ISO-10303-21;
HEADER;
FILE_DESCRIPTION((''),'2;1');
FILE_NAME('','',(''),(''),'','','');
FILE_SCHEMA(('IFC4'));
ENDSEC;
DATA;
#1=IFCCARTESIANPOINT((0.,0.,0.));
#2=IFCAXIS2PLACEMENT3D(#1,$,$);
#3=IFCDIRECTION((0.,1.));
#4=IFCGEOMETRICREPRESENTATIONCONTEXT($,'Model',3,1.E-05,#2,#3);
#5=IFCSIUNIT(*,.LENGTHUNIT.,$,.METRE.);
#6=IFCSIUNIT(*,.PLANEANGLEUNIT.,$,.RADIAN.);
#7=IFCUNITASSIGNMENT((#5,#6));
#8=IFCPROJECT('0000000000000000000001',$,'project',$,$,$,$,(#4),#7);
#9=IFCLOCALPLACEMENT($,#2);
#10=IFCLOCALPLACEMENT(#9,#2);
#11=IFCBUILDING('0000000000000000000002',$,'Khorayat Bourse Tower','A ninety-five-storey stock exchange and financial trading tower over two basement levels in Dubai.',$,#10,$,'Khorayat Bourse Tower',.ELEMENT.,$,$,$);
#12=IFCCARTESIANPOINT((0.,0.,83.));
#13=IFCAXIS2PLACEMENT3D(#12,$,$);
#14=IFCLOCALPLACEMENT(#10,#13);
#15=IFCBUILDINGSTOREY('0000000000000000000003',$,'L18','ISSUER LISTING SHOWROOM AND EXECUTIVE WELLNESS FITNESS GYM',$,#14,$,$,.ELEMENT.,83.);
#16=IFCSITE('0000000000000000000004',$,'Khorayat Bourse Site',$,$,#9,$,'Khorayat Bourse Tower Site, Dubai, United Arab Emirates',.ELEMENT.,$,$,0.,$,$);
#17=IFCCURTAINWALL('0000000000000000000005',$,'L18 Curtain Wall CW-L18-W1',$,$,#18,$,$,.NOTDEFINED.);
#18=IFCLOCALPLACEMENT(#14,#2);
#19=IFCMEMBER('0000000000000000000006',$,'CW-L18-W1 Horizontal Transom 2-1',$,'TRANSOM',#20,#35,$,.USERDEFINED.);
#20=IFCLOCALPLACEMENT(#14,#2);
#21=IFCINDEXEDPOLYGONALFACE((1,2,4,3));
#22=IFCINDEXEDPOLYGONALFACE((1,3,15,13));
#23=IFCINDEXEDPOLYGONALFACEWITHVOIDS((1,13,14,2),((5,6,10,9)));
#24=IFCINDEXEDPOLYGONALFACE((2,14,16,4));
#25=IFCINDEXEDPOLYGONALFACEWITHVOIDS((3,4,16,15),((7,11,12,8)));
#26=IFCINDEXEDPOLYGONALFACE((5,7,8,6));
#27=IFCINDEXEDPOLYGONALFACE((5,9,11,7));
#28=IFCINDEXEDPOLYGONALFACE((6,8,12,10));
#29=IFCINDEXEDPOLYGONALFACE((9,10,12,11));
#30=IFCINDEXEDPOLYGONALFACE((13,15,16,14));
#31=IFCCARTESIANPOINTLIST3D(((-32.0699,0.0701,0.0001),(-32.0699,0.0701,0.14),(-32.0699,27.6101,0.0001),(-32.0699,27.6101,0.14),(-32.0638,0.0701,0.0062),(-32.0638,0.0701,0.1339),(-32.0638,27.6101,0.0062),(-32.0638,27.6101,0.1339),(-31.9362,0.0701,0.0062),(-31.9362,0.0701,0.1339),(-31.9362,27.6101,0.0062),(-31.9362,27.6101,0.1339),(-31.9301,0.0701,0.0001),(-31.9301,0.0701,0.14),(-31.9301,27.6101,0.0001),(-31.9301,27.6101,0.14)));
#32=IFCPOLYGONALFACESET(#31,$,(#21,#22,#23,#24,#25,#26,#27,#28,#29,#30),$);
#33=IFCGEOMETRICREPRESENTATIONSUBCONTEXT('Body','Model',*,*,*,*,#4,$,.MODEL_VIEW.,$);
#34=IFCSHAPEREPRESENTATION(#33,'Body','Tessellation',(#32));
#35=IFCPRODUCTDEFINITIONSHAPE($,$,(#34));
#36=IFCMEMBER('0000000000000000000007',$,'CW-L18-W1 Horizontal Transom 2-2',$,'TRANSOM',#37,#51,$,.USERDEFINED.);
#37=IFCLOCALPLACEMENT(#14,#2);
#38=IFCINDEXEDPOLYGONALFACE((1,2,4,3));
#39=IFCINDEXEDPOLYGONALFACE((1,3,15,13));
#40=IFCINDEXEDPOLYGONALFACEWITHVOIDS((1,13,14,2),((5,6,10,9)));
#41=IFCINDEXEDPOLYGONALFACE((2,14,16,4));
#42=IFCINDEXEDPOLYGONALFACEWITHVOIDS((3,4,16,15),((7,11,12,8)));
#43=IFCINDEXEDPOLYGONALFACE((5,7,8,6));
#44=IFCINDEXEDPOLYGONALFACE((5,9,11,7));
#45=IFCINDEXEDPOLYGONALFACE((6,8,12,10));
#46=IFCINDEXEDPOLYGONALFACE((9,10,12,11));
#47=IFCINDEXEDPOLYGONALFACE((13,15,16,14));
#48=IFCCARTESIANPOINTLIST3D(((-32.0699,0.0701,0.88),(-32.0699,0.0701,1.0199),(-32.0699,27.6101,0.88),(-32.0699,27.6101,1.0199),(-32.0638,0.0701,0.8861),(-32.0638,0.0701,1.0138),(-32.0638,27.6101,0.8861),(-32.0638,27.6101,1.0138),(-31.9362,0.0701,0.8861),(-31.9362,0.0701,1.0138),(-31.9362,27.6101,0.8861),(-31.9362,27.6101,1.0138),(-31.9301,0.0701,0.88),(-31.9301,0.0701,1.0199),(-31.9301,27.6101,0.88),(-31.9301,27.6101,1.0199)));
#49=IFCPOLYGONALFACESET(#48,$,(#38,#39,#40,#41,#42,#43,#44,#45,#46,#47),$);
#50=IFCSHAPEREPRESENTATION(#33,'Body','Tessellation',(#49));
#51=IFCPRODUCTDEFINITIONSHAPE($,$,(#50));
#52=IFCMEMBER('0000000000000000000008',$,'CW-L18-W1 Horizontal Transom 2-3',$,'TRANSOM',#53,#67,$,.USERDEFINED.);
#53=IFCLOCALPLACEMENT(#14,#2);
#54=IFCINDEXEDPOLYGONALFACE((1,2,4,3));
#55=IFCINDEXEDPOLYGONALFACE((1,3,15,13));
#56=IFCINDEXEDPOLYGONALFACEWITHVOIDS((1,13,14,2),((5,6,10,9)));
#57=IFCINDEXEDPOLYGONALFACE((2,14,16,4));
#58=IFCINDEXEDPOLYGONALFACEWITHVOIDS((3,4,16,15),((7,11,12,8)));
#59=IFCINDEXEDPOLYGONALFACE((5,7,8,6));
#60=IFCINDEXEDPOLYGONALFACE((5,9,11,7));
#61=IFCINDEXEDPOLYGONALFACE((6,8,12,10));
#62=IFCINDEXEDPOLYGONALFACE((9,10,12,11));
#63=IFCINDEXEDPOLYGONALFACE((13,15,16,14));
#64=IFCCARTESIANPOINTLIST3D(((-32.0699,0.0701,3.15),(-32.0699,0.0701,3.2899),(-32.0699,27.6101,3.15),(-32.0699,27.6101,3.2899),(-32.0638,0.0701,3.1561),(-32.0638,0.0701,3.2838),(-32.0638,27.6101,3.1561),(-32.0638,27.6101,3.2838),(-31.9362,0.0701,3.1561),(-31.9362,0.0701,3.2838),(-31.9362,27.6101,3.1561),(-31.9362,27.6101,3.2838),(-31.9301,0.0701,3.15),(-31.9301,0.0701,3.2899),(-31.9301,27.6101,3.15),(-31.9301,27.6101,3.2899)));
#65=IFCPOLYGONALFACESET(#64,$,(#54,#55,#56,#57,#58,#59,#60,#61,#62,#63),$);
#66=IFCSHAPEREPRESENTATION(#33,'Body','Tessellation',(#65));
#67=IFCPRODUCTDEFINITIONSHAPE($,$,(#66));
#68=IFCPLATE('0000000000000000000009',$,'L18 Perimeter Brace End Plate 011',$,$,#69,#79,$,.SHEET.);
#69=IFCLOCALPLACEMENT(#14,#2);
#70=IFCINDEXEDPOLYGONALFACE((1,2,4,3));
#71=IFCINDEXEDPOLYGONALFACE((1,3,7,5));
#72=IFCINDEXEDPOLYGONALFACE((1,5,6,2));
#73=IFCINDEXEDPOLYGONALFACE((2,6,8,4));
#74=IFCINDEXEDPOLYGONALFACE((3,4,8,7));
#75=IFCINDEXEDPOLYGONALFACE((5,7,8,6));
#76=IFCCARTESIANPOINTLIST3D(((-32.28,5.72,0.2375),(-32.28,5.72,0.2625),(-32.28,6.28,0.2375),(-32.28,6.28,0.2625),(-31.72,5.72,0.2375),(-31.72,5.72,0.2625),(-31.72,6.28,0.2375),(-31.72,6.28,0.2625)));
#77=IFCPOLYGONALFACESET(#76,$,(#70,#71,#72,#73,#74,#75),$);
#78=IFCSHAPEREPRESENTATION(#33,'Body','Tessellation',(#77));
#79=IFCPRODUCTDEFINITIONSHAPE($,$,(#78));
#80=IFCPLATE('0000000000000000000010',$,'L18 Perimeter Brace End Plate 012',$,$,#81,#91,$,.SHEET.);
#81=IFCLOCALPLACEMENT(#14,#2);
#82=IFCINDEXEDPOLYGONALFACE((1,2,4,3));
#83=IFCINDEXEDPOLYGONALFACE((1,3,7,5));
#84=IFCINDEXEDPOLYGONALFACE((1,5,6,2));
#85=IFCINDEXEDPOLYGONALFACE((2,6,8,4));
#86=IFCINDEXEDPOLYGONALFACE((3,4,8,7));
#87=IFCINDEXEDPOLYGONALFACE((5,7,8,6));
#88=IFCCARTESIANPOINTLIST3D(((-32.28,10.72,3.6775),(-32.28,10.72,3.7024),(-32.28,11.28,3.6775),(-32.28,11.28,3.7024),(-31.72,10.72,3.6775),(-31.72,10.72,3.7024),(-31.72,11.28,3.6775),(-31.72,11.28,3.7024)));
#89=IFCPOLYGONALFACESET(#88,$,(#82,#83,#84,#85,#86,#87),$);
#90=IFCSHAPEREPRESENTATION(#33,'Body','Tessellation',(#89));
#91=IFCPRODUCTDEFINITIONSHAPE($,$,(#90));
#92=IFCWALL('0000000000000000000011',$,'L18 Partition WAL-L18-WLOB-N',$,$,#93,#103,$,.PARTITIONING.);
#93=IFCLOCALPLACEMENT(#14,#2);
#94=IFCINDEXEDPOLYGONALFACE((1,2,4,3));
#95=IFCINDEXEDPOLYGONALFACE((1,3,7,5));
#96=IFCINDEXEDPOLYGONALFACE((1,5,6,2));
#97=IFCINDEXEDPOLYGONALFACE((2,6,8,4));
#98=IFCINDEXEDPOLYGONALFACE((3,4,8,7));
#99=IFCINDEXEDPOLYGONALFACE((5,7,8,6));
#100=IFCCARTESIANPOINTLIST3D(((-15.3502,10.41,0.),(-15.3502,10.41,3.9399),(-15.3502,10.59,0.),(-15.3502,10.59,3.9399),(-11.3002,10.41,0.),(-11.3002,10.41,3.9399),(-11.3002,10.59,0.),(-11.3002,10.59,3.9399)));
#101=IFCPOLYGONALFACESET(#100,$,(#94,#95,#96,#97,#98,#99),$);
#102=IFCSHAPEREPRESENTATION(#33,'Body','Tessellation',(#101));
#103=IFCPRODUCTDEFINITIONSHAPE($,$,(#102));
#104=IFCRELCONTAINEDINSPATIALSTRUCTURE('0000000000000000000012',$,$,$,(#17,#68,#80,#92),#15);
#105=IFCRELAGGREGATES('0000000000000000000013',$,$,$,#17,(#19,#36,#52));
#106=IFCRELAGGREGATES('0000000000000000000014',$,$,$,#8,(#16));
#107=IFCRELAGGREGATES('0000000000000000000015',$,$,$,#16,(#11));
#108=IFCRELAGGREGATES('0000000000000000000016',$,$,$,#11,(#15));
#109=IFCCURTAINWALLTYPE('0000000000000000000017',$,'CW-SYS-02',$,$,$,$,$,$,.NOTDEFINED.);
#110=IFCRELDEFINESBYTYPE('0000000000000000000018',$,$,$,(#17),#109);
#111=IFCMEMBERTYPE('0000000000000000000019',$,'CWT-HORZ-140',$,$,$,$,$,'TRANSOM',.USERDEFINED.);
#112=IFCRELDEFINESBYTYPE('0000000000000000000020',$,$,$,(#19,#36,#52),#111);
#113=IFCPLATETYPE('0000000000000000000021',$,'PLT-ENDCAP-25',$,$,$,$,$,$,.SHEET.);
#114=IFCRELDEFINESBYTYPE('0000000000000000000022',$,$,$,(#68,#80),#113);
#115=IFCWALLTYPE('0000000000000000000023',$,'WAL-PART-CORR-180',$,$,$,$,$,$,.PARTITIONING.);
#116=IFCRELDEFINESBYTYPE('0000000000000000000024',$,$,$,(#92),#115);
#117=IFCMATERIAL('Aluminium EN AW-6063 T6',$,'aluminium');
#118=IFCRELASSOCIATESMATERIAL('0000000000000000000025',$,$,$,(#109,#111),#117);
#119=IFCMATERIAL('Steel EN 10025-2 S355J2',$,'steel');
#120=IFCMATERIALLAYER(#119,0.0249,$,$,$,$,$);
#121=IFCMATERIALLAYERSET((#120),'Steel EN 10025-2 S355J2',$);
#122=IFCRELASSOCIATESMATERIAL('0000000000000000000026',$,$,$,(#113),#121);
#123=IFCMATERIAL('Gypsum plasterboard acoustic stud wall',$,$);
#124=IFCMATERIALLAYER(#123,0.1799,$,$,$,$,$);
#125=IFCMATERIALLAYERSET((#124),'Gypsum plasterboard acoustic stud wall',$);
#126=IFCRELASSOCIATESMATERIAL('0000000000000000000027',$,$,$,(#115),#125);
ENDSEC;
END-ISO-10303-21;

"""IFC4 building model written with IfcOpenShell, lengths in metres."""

from ifc_helpers import new_model, si_unit, direction, frame, frame_2d, origin, origin_2d, place, context, subcontext, project, spatial, rectangle, hollow_rectangle, extrude, source, transform, mapped, material, layer, layer_set, material_profile, profile_set, type_object, element, aggregate, save


model = new_model("IFC4")

# Units and contexts
model_context = context("Model", 3, precision=1e-05, world=origin(), true_north=direction((0.0, 1.0)))
body_context = subcontext(model_context, "Body", "Model", "MODEL_VIEW")
ifc_project = project(units=[si_unit("LENGTHUNIT", "METRE"), si_unit("PLANEANGLEUNIT", "RADIAN")], contexts=[model_context])

# Site, building, storey
site_placement = place(None, origin())
site = spatial("IfcSite", under=ifc_project, at=site_placement, Name="Khorayat Bourse Site", LongName="Khorayat Bourse Tower Site, Dubai, United Arab Emirates", CompositionType="ELEMENT", RefElevation=0.0)
building_placement = place(site_placement, origin())
building = spatial("IfcBuilding", under=site, at=building_placement, Name="Khorayat Bourse Tower", Description="A ninety-five-storey stock exchange and financial trading tower over two basement levels in Dubai.", LongName="Khorayat Bourse Tower", CompositionType="ELEMENT")
storey_placement = place(building_placement, frame((0.0, 0.0, 83.0)))
storey = spatial("IfcBuildingStorey", under=building, at=storey_placement, Name="L18", Description="ISSUER LISTING SHOWROOM AND EXECUTIVE WELLNESS FITNESS GYM", CompositionType="ELEMENT", Elevation=83.0)

# Curtain wall, members
ifc_material_1 = material(Name="Aluminium EN AW-6063 T6", Category="aluminium")
curtain_wall_type = type_object("IfcCurtainWallType", Name="CW-SYS-02", PredefinedType="NOTDEFINED", material=ifc_material_1)
curtain_wall_placement = place(storey_placement, origin())
curtain_wall = element("IfcCurtainWall", 1, at=curtain_wall_placement, inside=storey, type_object=curtain_wall_type, Name="L18 Curtain Wall CW-L18-W1", PredefinedType="NOTDEFINED")
ifc_material_profile_1 = material_profile(ifc_material_1, hollow_rectangle(XDim=0.1399, YDim=0.1399, WallThickness=0.0061, at=origin_2d()), Name="ALU 140x140x6")
ifc_profile_set_1 = profile_set([ifc_material_profile_1], Name="Aluminium EN AW-6063 T6")
member_type_1 = type_object("IfcMemberType", Name="CWT-HORZ-140", ElementType="TRANSOM", PredefinedType="USERDEFINED", material=ifc_profile_set_1)
shared_shape_1 = source(origin(), body_context, "Body", "SweptSolid", [
    extrude(hollow_rectangle(XDim=0.1399, YDim=0.1399, WallThickness=0.0061, at=origin_2d()), origin(), (0.0, 0.0, 1.0), 27.54),
])
member_1_placement = place(storey_placement, frame((-32.0, 0.0701, 0.0701), z_axis=(0.0, 1.0, 0.0), x_axis=(-1.0, 0.0, 0.0)))
member_1 = element("IfcMember", 2, at=member_1_placement, type_object=member_type_1, Name="CW-L18-W1 Horizontal Transom 2-1", ObjectType="TRANSOM", PredefinedType="USERDEFINED", context=body_context, shape_type="MappedRepresentation", body=[
    mapped(shared_shape_1, transform((0.0, 0.0, 0.0), scale=1.0)),
])
member_2_placement = place(storey_placement, frame((-32.0, 0.0701, 0.95), z_axis=(0.0, 1.0, 0.0), x_axis=(-1.0, 0.0, 0.0)))
member_2 = element("IfcMember", 3, at=member_2_placement, type_object=member_type_1, Name="CW-L18-W1 Horizontal Transom 2-2", ObjectType="TRANSOM", PredefinedType="USERDEFINED", context=body_context, shape_type="MappedRepresentation", body=[
    mapped(shared_shape_1, transform((0.0, 0.0, 0.0), scale=1.0)),
])
member_3_placement = place(storey_placement, frame((-32.0, 0.0701, 3.22), z_axis=(0.0, 1.0, 0.0), x_axis=(-1.0, 0.0, 0.0)))
member_3 = element("IfcMember", 4, at=member_3_placement, type_object=member_type_1, Name="CW-L18-W1 Horizontal Transom 2-3", ObjectType="TRANSOM", PredefinedType="USERDEFINED", context=body_context, shape_type="MappedRepresentation", body=[
    mapped(shared_shape_1, transform((0.0, 0.0, 0.0), scale=1.0)),
])
aggregate(curtain_wall, [member_1, member_2, member_3])

# Plates
ifc_material_2 = material(Name="Steel EN 10025-2 S355J2", Category="steel")
ifc_layer_1 = layer(ifc_material_2, 0.0249)
ifc_layer_set_1 = layer_set([ifc_layer_1], Name="Steel EN 10025-2 S355J2")
plate_type = type_object("IfcPlateType", Name="PLT-ENDCAP-25", PredefinedType="SHEET", material=ifc_layer_set_1)
shared_shape_2 = source(origin(), body_context, "Body", "SweptSolid", [
    extrude(rectangle(XDim=0.5601, YDim=0.5601, at=origin_2d()), origin(), (0.0, 0.0, 1.0), 0.0249),
])
for number, where, z_axis, x_axis, name in (
    (5, (-32.0, 6.0, 0.2375), (0.0, 0.0, 1.0), (1.0, 0.0, 0.0), "L18 Perimeter Brace End Plate 011"),
    (6, (-32.0, 11.0, 3.6775), (0.0, 0.0, 1.0), (1.0, 0.0, 0.0), "L18 Perimeter Brace End Plate 012"),
):
    element("IfcPlate", number, at=place(storey_placement, frame(where, z_axis=z_axis, x_axis=x_axis)), inside=storey, type_object=plate_type, Name=name, PredefinedType="SHEET", context=body_context, shape_type="MappedRepresentation", body=[
        mapped(shared_shape_2, transform((0.0, 0.0, 0.0), scale=1.0)),
    ])

# Wall
ifc_material_3 = material(Name="Gypsum plasterboard acoustic stud wall")
ifc_layer_2 = layer(ifc_material_3, 0.1799)
ifc_layer_set_2 = layer_set([ifc_layer_2], Name="Gypsum plasterboard acoustic stud wall")
wall_type = type_object("IfcWallType", Name="WAL-PART-CORR-180", PredefinedType="PARTITIONING", material=ifc_layer_set_2)
shared_shape_3 = source(origin(), body_context, "Body", "SweptSolid", [
    extrude(rectangle(XDim=4.05, YDim=0.1799, at=frame_2d((2.0249, 0.0))), origin(), (0.0, 0.0, 1.0), 3.9399),
])
wall_placement = place(storey_placement, frame((-15.3501, 10.5, 0.0), z_axis=(0.0, 0.0, 1.0), x_axis=(1.0, 0.0, 0.0)))
element("IfcWall", 7, at=wall_placement, inside=storey, type_object=wall_type, Name="L18 Partition WAL-L18-WLOB-N", PredefinedType="PARTITIONING", context=body_context, shape_type="MappedRepresentation", body=[
    mapped(shared_shape_3, transform((0.0, 0.0, 0.0), scale=1.0)),
])

save(model, "model.ifc")
